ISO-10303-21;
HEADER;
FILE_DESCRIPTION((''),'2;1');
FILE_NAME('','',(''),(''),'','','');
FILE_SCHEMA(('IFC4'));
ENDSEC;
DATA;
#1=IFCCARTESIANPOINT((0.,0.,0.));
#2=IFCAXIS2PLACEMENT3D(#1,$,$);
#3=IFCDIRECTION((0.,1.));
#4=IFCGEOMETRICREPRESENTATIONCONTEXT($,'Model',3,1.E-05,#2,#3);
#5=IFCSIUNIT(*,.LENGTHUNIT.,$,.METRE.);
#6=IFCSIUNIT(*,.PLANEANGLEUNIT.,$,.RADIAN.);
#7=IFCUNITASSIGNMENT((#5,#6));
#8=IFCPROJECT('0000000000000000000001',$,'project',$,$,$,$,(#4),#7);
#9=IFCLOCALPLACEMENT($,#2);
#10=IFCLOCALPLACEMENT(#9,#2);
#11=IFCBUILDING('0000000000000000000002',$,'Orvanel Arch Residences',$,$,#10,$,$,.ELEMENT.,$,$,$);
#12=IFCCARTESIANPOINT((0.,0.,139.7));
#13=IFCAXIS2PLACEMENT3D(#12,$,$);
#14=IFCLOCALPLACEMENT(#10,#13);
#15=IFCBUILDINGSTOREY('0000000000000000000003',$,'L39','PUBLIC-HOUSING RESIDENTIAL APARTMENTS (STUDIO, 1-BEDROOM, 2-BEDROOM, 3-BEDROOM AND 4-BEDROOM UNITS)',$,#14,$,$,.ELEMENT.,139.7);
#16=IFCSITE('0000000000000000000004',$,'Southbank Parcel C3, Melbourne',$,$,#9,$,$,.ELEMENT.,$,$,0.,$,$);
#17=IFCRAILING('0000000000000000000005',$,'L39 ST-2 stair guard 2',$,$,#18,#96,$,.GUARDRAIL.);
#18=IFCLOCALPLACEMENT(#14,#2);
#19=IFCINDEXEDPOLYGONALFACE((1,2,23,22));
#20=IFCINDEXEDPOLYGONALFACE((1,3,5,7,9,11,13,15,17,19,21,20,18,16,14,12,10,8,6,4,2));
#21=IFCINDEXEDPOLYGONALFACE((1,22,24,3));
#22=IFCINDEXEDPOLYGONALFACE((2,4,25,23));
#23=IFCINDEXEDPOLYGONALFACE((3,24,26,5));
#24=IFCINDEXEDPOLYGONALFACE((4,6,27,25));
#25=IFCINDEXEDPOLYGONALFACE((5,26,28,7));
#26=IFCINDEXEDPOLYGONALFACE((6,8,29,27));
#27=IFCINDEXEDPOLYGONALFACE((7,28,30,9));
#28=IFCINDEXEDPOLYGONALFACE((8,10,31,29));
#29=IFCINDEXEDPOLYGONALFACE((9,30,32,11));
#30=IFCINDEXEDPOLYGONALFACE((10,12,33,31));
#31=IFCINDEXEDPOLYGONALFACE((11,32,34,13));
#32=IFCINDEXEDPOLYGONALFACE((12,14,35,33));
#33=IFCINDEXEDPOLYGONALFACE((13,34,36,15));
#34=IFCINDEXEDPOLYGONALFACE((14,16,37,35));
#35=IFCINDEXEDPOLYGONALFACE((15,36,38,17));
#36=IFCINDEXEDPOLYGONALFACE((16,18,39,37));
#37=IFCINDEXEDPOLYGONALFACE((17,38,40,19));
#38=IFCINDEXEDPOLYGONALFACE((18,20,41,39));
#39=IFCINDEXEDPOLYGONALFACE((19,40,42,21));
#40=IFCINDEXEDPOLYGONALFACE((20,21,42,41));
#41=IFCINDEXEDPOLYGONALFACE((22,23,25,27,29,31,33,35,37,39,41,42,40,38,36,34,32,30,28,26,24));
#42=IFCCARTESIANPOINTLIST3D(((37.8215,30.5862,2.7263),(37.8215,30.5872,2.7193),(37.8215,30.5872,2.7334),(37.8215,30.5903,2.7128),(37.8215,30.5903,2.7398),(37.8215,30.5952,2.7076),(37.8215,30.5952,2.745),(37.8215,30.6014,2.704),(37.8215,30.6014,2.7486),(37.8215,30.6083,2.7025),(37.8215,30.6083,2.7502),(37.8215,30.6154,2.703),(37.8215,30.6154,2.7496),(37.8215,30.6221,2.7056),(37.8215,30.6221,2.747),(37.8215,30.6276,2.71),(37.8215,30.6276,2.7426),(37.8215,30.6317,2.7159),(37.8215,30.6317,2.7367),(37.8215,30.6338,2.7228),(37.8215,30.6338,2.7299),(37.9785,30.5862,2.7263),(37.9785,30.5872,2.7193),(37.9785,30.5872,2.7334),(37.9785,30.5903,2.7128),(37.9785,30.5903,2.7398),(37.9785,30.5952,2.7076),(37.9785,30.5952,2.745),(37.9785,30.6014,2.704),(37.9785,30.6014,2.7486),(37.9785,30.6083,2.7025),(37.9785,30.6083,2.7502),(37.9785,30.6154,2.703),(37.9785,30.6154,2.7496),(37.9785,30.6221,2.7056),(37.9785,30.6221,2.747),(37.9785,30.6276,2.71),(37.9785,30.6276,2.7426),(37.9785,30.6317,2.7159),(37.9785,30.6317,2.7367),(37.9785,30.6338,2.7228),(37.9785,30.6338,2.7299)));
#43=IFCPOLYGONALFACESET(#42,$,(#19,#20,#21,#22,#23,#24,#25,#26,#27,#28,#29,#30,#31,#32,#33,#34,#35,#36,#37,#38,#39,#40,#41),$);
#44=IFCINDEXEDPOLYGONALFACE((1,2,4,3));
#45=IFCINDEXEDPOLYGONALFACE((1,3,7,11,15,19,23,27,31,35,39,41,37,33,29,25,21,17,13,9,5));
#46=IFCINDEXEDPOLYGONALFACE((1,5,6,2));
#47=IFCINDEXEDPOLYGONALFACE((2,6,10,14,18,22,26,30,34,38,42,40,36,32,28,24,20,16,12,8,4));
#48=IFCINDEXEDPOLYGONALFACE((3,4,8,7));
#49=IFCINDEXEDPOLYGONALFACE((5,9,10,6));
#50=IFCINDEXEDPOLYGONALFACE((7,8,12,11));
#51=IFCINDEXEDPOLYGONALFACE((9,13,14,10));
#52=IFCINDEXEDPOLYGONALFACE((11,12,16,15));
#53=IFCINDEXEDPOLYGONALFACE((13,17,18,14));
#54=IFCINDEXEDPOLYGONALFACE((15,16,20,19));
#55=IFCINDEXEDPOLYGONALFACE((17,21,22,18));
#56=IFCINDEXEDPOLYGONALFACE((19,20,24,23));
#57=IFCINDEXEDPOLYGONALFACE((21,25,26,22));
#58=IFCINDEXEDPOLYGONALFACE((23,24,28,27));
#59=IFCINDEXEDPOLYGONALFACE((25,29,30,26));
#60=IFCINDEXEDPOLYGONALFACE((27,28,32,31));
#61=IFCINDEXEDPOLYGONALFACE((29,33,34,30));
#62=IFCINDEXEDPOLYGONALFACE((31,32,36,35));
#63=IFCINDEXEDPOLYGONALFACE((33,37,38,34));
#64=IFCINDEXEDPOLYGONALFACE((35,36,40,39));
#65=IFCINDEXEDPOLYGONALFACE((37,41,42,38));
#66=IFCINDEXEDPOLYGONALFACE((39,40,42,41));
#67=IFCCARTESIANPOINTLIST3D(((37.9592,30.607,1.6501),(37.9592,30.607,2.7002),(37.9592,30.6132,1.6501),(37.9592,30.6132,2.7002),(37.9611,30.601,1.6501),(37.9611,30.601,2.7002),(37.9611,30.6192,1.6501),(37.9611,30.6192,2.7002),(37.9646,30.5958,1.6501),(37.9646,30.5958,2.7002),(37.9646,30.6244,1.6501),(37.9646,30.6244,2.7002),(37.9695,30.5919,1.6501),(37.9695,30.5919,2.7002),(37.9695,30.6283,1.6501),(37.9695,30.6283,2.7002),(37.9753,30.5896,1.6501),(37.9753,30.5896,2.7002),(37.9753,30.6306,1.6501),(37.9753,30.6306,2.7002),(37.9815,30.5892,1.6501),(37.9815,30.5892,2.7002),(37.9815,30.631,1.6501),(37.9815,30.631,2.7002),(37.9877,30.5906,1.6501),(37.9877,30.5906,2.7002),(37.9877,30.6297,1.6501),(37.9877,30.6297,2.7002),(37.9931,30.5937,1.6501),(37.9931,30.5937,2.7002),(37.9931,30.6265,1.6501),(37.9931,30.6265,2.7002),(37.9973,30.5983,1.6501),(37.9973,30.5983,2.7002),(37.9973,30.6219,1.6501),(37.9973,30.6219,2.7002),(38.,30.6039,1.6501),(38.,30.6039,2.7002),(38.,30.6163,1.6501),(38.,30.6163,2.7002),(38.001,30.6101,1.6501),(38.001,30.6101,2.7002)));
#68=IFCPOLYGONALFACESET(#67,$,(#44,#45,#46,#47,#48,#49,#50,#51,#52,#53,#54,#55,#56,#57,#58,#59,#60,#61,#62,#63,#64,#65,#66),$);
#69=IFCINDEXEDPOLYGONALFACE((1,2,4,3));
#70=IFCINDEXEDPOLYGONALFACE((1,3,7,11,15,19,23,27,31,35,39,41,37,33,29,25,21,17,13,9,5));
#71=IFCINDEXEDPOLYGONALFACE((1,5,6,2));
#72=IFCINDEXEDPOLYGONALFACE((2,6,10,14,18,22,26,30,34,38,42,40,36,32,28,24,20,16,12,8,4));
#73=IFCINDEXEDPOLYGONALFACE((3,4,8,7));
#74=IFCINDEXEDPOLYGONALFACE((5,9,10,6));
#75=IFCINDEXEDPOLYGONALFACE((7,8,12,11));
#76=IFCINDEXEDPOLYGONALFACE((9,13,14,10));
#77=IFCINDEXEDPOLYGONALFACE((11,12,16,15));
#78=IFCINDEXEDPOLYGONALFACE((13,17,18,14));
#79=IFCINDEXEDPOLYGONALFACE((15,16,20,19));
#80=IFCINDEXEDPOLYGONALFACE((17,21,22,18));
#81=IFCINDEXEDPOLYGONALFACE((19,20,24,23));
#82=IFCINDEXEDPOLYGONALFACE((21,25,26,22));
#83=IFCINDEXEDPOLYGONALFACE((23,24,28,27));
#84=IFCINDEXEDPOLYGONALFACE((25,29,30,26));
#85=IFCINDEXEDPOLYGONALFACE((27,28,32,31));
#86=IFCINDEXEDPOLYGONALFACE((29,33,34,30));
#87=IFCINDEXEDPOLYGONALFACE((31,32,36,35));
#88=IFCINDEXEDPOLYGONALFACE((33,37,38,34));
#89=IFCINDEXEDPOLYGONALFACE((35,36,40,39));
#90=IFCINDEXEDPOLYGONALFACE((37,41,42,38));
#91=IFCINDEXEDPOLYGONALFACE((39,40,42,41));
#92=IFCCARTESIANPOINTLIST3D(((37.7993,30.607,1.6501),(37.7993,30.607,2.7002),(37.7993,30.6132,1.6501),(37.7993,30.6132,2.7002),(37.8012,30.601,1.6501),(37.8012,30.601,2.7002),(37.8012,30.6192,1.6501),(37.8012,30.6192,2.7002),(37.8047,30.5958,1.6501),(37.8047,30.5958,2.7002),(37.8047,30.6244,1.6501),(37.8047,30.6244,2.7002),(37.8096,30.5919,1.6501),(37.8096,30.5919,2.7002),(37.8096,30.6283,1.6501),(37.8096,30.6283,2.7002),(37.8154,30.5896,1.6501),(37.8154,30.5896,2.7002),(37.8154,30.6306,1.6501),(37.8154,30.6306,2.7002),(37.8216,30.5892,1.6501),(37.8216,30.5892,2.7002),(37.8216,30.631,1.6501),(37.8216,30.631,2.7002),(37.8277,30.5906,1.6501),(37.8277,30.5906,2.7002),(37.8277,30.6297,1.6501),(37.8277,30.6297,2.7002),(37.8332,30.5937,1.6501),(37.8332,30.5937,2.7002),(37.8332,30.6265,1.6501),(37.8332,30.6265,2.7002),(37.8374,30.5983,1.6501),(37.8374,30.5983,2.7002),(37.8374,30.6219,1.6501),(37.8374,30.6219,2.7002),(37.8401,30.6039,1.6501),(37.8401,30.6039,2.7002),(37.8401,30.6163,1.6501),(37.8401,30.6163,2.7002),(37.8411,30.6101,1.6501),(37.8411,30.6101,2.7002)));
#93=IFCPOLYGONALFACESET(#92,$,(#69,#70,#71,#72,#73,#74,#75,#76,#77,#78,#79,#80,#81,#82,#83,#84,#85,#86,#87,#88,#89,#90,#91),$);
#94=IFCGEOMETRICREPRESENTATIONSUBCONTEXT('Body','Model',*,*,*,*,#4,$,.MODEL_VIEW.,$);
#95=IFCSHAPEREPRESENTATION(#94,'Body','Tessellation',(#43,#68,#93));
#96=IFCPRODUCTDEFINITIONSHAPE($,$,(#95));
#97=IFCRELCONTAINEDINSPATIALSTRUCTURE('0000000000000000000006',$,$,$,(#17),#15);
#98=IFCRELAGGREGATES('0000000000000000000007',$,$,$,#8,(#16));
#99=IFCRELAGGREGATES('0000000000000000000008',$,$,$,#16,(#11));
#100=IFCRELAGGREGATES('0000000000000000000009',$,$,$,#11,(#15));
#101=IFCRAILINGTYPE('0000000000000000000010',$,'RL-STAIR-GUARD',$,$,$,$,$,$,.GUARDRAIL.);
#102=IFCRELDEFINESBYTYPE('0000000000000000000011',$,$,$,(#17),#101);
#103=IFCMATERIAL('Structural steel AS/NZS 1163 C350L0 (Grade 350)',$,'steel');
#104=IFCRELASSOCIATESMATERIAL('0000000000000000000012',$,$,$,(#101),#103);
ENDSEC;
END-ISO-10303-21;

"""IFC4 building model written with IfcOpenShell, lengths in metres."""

from ifc_helpers import new_model, si_unit, direction, frame, origin, origin_2d, place, context, subcontext, project, spatial, circle, extrude, material, type_object, element, save


model = new_model("IFC4")

# Units and contexts
model_context = context("Model", 3, precision=1e-05, world=origin(), true_north=direction((0.0, 1.0)))
body_context = subcontext(model_context, "Body", "Model", "MODEL_VIEW")
ifc_project = project(units=[si_unit("LENGTHUNIT", "METRE"), si_unit("PLANEANGLEUNIT", "RADIAN")], contexts=[model_context])

# Site, building, storey
site_placement = place(None, origin())
site = spatial("IfcSite", under=ifc_project, at=site_placement, Name="Southbank Parcel C3, Melbourne", CompositionType="ELEMENT", RefElevation=0.0)
building_placement = place(site_placement, origin())
building = spatial("IfcBuilding", under=site, at=building_placement, Name="Orvanel Arch Residences", CompositionType="ELEMENT")
storey_placement = place(building_placement, frame((0.0, 0.0, 139.7)))
storey = spatial("IfcBuildingStorey", under=building, at=storey_placement, Name="L39", Description="PUBLIC-HOUSING RESIDENTIAL APARTMENTS (STUDIO, 1-BEDROOM, 2-BEDROOM, 3-BEDROOM AND 4-BEDROOM UNITS)", CompositionType="ELEMENT", Elevation=139.7)

# Railing
ifc_material_1 = material(Name="Structural steel AS/NZS 1163 C350L0 (Grade 350)", Category="steel")
railing_type_1 = type_object("IfcRailingType", Name="RL-STAIR-GUARD", PredefinedType="GUARDRAIL", material=ifc_material_1)
railing_1_placement = place(storey_placement, frame((37.98, 30.6101, 1.6501)))
element("IfcRailing", 1, at=railing_1_placement, inside=storey, type_object=railing_type_1, Name="L39 ST-2 stair guard 2", PredefinedType="GUARDRAIL", context=body_context, shape_type="SweptSolid", body=[
    extrude(circle(Radius=0.0239, at=origin_2d()), frame((-0.0015, 0.0, 1.0762), z_axis=(-1.0, 0.0, 0.0), x_axis=(0.0, -1.0, 0.0)), (0.0, 0.0, 1.0), 0.157),
    extrude(circle(Radius=0.021, at=origin_2d()), origin(), (0.0, 0.0, 1.0), 1.05),
    extrude(circle(Radius=0.021, at=origin_2d()), frame((-0.1599, 0.0, 0.0)), (0.0, 0.0, 1.0), 1.05),
])

save(model, "model.ifc")
